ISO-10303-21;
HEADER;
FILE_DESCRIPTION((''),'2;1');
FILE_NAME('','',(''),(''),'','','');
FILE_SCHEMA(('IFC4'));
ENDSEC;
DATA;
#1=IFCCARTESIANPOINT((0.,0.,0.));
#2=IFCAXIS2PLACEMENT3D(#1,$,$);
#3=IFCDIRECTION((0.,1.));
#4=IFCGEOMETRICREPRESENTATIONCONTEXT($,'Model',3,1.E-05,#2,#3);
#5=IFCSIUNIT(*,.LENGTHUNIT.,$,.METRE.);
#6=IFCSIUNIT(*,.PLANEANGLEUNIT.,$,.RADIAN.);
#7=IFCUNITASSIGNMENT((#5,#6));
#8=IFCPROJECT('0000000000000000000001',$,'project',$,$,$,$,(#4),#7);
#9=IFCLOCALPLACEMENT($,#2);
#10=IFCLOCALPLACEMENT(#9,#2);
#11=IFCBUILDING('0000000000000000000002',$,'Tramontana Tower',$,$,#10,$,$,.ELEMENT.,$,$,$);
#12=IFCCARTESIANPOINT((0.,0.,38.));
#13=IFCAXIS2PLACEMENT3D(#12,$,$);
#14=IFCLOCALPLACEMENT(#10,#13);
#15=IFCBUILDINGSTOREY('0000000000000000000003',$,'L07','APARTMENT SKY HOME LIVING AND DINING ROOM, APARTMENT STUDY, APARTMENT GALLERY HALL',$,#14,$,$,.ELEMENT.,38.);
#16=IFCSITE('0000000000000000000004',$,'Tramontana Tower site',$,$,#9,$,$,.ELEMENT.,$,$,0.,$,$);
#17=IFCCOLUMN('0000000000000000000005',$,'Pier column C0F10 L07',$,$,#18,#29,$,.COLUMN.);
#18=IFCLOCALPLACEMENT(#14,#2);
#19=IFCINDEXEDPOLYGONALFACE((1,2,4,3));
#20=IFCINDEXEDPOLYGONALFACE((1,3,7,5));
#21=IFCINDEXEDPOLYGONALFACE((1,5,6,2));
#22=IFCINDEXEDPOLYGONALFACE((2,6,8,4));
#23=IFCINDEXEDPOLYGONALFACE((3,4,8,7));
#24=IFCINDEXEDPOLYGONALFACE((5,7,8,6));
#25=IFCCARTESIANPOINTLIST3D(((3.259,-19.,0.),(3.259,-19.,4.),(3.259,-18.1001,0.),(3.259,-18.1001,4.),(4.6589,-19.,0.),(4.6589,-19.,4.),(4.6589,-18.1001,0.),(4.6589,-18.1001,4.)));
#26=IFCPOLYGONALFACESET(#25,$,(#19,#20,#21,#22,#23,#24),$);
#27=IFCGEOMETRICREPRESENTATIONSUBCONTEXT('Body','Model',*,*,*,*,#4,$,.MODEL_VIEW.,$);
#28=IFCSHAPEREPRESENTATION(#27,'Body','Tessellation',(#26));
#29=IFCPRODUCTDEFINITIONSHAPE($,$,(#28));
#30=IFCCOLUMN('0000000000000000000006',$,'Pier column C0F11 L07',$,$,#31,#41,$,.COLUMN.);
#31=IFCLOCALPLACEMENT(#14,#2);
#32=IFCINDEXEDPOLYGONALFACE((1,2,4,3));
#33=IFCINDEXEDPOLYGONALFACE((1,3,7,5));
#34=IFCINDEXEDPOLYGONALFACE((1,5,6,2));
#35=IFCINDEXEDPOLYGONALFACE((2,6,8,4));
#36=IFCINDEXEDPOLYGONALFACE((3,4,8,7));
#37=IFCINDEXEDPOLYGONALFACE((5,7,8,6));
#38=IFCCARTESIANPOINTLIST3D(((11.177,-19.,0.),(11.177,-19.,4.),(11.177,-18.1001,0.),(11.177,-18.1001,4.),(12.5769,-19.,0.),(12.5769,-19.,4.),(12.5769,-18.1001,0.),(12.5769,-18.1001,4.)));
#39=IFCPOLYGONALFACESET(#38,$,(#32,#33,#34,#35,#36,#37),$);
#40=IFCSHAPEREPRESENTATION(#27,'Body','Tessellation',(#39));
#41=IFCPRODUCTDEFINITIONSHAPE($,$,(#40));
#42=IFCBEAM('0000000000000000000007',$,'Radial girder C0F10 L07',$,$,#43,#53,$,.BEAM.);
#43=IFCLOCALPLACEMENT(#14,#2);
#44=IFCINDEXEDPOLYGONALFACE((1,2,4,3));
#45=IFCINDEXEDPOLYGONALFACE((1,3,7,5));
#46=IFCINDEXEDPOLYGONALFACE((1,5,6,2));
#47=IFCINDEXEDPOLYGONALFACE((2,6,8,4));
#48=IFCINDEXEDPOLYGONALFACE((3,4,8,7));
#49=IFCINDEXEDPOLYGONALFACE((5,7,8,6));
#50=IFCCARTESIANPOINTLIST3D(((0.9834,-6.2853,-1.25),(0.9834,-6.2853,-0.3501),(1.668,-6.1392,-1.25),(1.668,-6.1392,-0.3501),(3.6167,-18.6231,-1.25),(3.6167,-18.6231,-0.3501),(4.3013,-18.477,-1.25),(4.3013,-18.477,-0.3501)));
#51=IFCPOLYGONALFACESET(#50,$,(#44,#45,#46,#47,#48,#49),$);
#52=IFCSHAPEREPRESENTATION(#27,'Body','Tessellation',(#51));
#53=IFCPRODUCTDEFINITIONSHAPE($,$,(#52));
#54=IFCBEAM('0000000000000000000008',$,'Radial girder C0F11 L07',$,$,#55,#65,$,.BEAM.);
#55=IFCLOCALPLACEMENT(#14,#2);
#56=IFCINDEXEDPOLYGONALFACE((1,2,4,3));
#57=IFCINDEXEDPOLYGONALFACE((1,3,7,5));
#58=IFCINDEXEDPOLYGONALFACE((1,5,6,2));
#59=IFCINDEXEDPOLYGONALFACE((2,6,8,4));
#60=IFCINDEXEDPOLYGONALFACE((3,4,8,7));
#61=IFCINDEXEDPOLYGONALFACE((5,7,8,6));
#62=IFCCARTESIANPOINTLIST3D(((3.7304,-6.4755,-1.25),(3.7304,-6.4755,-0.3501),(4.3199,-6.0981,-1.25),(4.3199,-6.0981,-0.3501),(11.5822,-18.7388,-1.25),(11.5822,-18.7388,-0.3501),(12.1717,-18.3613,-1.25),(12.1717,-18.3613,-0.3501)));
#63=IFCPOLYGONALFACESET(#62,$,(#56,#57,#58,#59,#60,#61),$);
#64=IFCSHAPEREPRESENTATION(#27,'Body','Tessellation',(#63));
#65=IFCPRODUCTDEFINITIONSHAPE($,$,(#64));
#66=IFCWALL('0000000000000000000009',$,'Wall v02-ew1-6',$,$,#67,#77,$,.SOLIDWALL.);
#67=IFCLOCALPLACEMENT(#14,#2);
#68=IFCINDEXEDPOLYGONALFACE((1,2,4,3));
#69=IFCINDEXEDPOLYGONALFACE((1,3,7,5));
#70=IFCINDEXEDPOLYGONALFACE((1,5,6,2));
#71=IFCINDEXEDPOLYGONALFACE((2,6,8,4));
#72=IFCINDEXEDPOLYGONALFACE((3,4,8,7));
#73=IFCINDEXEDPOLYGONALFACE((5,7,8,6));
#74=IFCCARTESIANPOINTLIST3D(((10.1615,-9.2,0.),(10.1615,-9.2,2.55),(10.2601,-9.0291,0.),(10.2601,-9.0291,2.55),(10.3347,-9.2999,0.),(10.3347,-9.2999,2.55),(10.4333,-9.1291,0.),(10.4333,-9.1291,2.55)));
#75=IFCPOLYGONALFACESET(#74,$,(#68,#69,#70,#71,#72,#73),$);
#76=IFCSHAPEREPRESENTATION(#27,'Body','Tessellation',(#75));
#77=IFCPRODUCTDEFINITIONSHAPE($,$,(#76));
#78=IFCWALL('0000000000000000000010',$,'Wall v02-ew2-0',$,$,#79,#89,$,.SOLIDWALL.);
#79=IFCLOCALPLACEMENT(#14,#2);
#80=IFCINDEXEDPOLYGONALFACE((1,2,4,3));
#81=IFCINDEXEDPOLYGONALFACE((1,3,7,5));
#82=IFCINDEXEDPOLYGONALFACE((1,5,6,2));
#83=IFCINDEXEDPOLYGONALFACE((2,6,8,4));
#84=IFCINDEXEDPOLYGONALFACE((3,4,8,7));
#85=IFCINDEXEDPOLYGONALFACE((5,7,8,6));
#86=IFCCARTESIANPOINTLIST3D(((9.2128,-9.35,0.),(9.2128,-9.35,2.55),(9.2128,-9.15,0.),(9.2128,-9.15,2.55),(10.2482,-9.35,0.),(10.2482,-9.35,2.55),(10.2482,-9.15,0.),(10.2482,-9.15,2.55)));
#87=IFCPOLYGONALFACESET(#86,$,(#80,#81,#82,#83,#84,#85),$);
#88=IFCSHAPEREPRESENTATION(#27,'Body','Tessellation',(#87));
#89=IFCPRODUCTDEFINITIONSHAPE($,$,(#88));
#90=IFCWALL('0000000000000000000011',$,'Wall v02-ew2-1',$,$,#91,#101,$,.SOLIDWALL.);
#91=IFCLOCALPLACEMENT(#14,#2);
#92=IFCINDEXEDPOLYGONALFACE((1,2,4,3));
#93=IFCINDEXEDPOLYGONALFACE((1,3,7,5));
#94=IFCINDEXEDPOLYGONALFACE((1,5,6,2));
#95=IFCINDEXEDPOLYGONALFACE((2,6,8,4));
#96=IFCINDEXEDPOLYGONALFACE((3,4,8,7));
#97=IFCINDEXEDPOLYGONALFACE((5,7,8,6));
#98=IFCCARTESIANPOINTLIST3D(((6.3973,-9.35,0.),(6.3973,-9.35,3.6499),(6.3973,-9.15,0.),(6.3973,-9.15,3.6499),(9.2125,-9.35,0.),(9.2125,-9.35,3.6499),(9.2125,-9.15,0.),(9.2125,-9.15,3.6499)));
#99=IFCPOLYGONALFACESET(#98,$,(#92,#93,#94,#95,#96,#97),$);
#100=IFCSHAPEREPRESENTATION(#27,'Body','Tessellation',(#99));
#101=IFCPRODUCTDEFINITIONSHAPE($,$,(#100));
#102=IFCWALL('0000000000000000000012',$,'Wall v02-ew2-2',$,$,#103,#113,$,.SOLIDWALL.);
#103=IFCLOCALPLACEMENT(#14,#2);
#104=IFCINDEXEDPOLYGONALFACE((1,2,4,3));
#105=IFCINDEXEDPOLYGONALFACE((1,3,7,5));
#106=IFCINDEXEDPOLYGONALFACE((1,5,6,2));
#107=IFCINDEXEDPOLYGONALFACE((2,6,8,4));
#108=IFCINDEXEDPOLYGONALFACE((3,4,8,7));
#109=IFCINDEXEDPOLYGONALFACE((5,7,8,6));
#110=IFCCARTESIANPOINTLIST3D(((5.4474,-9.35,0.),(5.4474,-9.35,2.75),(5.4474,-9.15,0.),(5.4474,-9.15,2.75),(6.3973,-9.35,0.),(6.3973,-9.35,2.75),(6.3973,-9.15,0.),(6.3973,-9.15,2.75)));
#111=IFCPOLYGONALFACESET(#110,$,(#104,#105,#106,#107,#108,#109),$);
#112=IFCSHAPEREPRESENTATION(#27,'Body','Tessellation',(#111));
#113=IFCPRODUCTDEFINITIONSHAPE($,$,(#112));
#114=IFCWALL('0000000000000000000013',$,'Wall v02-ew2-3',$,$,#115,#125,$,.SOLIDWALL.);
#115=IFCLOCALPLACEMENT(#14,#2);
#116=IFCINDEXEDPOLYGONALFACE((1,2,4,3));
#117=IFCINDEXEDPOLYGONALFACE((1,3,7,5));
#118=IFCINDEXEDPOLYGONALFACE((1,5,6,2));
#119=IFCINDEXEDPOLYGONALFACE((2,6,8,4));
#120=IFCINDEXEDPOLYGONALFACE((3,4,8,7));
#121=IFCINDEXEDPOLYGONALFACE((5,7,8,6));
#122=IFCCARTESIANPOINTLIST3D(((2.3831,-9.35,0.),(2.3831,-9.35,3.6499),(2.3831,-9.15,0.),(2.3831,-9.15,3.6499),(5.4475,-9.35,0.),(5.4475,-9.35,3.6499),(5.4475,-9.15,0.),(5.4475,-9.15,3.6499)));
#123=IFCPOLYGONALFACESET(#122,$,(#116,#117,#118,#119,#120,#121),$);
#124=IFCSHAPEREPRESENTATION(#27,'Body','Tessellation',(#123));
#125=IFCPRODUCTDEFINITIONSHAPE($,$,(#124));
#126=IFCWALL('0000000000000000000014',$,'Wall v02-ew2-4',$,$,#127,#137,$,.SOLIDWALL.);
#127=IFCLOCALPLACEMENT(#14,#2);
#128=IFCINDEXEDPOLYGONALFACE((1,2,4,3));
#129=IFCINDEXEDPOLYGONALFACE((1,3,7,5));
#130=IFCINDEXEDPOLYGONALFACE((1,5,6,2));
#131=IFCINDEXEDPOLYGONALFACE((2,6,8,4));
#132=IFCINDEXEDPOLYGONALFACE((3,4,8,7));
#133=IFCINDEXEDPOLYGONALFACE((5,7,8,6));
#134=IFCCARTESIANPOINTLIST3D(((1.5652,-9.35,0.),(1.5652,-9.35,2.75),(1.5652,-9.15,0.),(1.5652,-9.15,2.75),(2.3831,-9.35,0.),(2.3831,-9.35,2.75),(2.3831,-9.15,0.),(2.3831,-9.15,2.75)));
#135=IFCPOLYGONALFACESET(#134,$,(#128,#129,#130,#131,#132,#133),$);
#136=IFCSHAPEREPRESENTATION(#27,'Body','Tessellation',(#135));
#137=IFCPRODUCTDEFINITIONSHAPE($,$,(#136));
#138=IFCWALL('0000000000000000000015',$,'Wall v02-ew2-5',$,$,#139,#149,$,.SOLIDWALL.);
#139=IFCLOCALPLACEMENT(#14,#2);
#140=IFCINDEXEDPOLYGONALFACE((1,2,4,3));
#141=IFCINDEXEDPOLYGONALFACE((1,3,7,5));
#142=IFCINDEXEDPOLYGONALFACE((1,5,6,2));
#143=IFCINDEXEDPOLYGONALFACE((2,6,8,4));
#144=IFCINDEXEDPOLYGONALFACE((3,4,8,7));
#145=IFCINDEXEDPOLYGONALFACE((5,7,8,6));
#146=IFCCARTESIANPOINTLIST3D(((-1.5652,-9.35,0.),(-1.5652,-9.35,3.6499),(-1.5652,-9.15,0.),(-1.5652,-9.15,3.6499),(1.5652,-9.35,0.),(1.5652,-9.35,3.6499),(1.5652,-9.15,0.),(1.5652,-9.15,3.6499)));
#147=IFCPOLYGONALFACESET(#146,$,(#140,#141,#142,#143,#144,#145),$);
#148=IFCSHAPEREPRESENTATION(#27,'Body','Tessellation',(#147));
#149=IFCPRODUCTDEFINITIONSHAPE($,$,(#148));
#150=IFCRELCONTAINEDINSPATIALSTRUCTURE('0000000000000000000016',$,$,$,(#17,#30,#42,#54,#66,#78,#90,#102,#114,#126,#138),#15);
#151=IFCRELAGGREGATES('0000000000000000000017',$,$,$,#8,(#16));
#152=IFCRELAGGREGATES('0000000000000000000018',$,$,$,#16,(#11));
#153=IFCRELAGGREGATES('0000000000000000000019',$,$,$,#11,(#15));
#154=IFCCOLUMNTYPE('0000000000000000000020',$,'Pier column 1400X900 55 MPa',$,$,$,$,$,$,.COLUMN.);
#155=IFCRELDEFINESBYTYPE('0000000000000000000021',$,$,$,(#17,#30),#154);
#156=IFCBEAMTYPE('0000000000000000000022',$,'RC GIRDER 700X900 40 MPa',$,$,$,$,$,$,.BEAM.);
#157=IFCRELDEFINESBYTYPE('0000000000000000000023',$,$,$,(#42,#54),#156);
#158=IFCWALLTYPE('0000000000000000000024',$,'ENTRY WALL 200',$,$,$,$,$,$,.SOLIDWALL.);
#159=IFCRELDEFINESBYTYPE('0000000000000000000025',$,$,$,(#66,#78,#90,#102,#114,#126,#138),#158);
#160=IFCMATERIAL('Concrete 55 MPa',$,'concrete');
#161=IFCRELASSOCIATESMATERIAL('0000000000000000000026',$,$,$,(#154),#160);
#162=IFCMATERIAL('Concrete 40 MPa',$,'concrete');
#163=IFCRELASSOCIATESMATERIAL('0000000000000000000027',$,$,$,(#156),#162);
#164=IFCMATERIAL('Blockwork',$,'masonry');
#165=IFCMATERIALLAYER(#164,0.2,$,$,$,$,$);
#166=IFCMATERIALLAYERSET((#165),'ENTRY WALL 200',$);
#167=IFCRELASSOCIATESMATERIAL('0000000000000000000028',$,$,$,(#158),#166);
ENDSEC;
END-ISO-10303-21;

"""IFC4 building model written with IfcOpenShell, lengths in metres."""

from ifc_helpers import new_model, si_unit, direction, frame, frame_2d, origin, origin_2d, place, context, subcontext, project, spatial, rectangle, extrude, material, layer, layer_set, material_profile, profile_set, type_object, element, save


model = new_model("IFC4")

# Units and contexts
model_context = context("Model", 3, precision=1e-05, world=origin(), true_north=direction((0.0, 1.0)))
body_context = subcontext(model_context, "Body", "Model", "MODEL_VIEW")
ifc_project = project(units=[si_unit("LENGTHUNIT", "METRE"), si_unit("PLANEANGLEUNIT", "RADIAN")], contexts=[model_context])

# Site, building, storey
site_placement = place(None, origin())
site = spatial("IfcSite", under=ifc_project, at=site_placement, Name="Tramontana Tower site", CompositionType="ELEMENT", RefElevation=0.0)
building_placement = place(site_placement, origin())
building = spatial("IfcBuilding", under=site, at=building_placement, Name="Tramontana Tower", CompositionType="ELEMENT")
storey_placement = place(building_placement, frame((0.0, 0.0, 38.0)))
storey = spatial("IfcBuildingStorey", under=building, at=storey_placement, Name="L07", Description="APARTMENT SKY HOME LIVING AND DINING ROOM, APARTMENT STUDY, APARTMENT GALLERY HALL", CompositionType="ELEMENT", Elevation=38.0)

# Columns
ifc_material_1 = material(Name="Concrete 55 MPa", Category="concrete")
ifc_material_profile_1 = material_profile(ifc_material_1, rectangle(XDim=1.3999, YDim=0.8999, at=origin_2d()), Name="Pier column 1400X900 55 MPa")
ifc_profile_set_1 = profile_set([ifc_material_profile_1], Name="Concrete 55 MPa")
column_type = type_object("IfcColumnType", Name="Pier column 1400X900 55 MPa", PredefinedType="COLUMN", material=ifc_profile_set_1)
for number, where, z_axis, x_axis, name in (
    (1, (3.959, -18.55, 0.0), (0.0, 0.0, 1.0), (1.0, 0.0, 0.0), "Pier column C0F10 L07"),
    (2, (11.877, -18.55, 0.0), (0.0, 0.0, 1.0), (1.0, 0.0, 0.0), "Pier column C0F11 L07"),
):
    element("IfcColumn", number, at=place(storey_placement, frame(where, z_axis=z_axis, x_axis=x_axis)), inside=storey, type_object=column_type, Name=name, PredefinedType="COLUMN", context=body_context, shape_type="SweptSolid", body=[
        extrude(rectangle(XDim=1.3999, YDim=0.8999, at=origin_2d()), origin(), (0.0, 0.0, 1.0), 4.0),
    ])

# Beams
ifc_material_2 = material(Name="Concrete 40 MPa", Category="concrete")
ifc_material_profile_2 = material_profile(ifc_material_2, rectangle(XDim=0.7, YDim=0.8999, at=origin_2d()), Name="RC GIRDER 700X900 40 MPa")
ifc_profile_set_2 = profile_set([ifc_material_profile_2], Name="Concrete 40 MPa")
beam_type = type_object("IfcBeamType", Name="RC GIRDER 700X900 40 MPa", PredefinedType="BEAM", material=ifc_profile_set_2)
beam_1_placement = place(storey_placement, frame((3.959, -18.55, -0.8), z_axis=(-0.208731, 0.977973, 0.0), x_axis=(-0.977973, -0.208731, 0.0)))
element("IfcBeam", 3, at=beam_1_placement, inside=storey, type_object=beam_type, Name="Radial girder C0F10 L07", PredefinedType="BEAM", context=body_context, shape_type="SweptSolid", body=[
    extrude(rectangle(XDim=0.7, YDim=0.8999, at=origin_2d()), origin(), (0.0, 0.0, 1.0), 12.6157),
])
beam_2_placement = place(storey_placement, frame((11.877, -18.55, -0.8), z_axis=(-0.539218, 0.842166, 0.0), x_axis=(-0.842166, -0.539218, 0.0)))
element("IfcBeam", 4, at=beam_2_placement, inside=storey, type_object=beam_type, Name="Radial girder C0F11 L07", PredefinedType="BEAM", context=body_context, shape_type="SweptSolid", body=[
    extrude(rectangle(XDim=0.7, YDim=0.8999, at=origin_2d()), origin(), (0.0, 0.0, 1.0), 14.5615),
])

# Walls
ifc_material_3 = material(Name="Blockwork", Category="masonry")
ifc_layer_1 = layer(ifc_material_3, 0.2)
ifc_layer_set_1 = layer_set([ifc_layer_1], Name="ENTRY WALL 200")
wall_type_1 = type_object("IfcWallType", Name="ENTRY WALL 200", PredefinedType="SOLIDWALL", material=ifc_layer_set_1)
wall_1_placement = place(storey_placement, frame((10.3467, -9.0791, 0.0), z_axis=(0.0, 0.0, 1.0), x_axis=(-0.499865, -0.866103, 0.0)))
element("IfcWall", 5, at=wall_1_placement, inside=storey, type_object=wall_type_1, Name="Wall v02-ew1-6", PredefinedType="SOLIDWALL", context=body_context, shape_type="SweptSolid", body=[
    extrude(rectangle(XDim=0.1973, YDim=0.2, at=frame_2d((0.0986, 0.0))), origin(), (0.0, 0.0, 1.0), 2.55),
])
wall_2_placement = place(storey_placement, frame((10.248, -9.25, 0.0), z_axis=(0.0, 0.0, 1.0), x_axis=(-1.0, 0.0, 0.0)))
element("IfcWall", 6, at=wall_2_placement, inside=storey, type_object=wall_type_1, Name="Wall v02-ew2-0", PredefinedType="SOLIDWALL", context=body_context, shape_type="SweptSolid", body=[
    extrude(rectangle(XDim=1.0354, YDim=0.2, at=frame_2d((0.5176, 0.0))), origin(), (0.0, 0.0, 1.0), 2.55),
])
wall_3_placement = place(storey_placement, frame((9.2126, -9.25, 0.0), z_axis=(0.0, 0.0, 1.0), x_axis=(-1.0, 0.0, 0.0)))
element("IfcWall", 7, at=wall_3_placement, inside=storey, type_object=wall_type_1, Name="Wall v02-ew2-1", PredefinedType="SOLIDWALL", context=body_context, shape_type="SweptSolid", body=[
    extrude(rectangle(XDim=2.8152, YDim=0.2, at=frame_2d((1.4077, 0.0))), origin(), (0.0, 0.0, 1.0), 3.6499),
])
wall_4_placement = place(storey_placement, frame((6.3975, -9.25, 0.0), z_axis=(0.0, 0.0, 1.0), x_axis=(-1.0, 0.0, 0.0)))
element("IfcWall", 8, at=wall_4_placement, inside=storey, type_object=wall_type_1, Name="Wall v02-ew2-2", PredefinedType="SOLIDWALL", context=body_context, shape_type="SweptSolid", body=[
    extrude(rectangle(XDim=0.95, YDim=0.2, at=frame_2d((0.4751, 0.0))), origin(), (0.0, 0.0, 1.0), 2.75),
])
wall_5_placement = place(storey_placement, frame((5.4475, -9.25, 0.0), z_axis=(0.0, 0.0, 1.0), x_axis=(-1.0, 0.0, 0.0)))
element("IfcWall", 9, at=wall_5_placement, inside=storey, type_object=wall_type_1, Name="Wall v02-ew2-3", PredefinedType="SOLIDWALL", context=body_context, shape_type="SweptSolid", body=[
    extrude(rectangle(XDim=3.0645, YDim=0.2, at=frame_2d((1.5322, 0.0))), origin(), (0.0, 0.0, 1.0), 3.6499),
])
wall_6_placement = place(storey_placement, frame((2.3831, -9.25, 0.0), z_axis=(0.0, 0.0, 1.0), x_axis=(-1.0, 0.0, 0.0)))
element("IfcWall", 10, at=wall_6_placement, inside=storey, type_object=wall_type_1, Name="Wall v02-ew2-4", PredefinedType="SOLIDWALL", context=body_context, shape_type="SweptSolid", body=[
    extrude(rectangle(XDim=0.8179, YDim=0.2, at=frame_2d((0.4089, 0.0))), origin(), (0.0, 0.0, 1.0), 2.75),
])
wall_7_placement = place(storey_placement, frame((1.5652, -9.25, 0.0), z_axis=(0.0, 0.0, 1.0), x_axis=(-1.0, 0.0, 0.0)))
element("IfcWall", 11, at=wall_7_placement, inside=storey, type_object=wall_type_1, Name="Wall v02-ew2-5", PredefinedType="SOLIDWALL", context=body_context, shape_type="SweptSolid", body=[
    extrude(rectangle(XDim=3.1304, YDim=0.2, at=frame_2d((1.5652, 0.0))), origin(), (0.0, 0.0, 1.0), 3.6499),
])

save(model, "model.ifc")
